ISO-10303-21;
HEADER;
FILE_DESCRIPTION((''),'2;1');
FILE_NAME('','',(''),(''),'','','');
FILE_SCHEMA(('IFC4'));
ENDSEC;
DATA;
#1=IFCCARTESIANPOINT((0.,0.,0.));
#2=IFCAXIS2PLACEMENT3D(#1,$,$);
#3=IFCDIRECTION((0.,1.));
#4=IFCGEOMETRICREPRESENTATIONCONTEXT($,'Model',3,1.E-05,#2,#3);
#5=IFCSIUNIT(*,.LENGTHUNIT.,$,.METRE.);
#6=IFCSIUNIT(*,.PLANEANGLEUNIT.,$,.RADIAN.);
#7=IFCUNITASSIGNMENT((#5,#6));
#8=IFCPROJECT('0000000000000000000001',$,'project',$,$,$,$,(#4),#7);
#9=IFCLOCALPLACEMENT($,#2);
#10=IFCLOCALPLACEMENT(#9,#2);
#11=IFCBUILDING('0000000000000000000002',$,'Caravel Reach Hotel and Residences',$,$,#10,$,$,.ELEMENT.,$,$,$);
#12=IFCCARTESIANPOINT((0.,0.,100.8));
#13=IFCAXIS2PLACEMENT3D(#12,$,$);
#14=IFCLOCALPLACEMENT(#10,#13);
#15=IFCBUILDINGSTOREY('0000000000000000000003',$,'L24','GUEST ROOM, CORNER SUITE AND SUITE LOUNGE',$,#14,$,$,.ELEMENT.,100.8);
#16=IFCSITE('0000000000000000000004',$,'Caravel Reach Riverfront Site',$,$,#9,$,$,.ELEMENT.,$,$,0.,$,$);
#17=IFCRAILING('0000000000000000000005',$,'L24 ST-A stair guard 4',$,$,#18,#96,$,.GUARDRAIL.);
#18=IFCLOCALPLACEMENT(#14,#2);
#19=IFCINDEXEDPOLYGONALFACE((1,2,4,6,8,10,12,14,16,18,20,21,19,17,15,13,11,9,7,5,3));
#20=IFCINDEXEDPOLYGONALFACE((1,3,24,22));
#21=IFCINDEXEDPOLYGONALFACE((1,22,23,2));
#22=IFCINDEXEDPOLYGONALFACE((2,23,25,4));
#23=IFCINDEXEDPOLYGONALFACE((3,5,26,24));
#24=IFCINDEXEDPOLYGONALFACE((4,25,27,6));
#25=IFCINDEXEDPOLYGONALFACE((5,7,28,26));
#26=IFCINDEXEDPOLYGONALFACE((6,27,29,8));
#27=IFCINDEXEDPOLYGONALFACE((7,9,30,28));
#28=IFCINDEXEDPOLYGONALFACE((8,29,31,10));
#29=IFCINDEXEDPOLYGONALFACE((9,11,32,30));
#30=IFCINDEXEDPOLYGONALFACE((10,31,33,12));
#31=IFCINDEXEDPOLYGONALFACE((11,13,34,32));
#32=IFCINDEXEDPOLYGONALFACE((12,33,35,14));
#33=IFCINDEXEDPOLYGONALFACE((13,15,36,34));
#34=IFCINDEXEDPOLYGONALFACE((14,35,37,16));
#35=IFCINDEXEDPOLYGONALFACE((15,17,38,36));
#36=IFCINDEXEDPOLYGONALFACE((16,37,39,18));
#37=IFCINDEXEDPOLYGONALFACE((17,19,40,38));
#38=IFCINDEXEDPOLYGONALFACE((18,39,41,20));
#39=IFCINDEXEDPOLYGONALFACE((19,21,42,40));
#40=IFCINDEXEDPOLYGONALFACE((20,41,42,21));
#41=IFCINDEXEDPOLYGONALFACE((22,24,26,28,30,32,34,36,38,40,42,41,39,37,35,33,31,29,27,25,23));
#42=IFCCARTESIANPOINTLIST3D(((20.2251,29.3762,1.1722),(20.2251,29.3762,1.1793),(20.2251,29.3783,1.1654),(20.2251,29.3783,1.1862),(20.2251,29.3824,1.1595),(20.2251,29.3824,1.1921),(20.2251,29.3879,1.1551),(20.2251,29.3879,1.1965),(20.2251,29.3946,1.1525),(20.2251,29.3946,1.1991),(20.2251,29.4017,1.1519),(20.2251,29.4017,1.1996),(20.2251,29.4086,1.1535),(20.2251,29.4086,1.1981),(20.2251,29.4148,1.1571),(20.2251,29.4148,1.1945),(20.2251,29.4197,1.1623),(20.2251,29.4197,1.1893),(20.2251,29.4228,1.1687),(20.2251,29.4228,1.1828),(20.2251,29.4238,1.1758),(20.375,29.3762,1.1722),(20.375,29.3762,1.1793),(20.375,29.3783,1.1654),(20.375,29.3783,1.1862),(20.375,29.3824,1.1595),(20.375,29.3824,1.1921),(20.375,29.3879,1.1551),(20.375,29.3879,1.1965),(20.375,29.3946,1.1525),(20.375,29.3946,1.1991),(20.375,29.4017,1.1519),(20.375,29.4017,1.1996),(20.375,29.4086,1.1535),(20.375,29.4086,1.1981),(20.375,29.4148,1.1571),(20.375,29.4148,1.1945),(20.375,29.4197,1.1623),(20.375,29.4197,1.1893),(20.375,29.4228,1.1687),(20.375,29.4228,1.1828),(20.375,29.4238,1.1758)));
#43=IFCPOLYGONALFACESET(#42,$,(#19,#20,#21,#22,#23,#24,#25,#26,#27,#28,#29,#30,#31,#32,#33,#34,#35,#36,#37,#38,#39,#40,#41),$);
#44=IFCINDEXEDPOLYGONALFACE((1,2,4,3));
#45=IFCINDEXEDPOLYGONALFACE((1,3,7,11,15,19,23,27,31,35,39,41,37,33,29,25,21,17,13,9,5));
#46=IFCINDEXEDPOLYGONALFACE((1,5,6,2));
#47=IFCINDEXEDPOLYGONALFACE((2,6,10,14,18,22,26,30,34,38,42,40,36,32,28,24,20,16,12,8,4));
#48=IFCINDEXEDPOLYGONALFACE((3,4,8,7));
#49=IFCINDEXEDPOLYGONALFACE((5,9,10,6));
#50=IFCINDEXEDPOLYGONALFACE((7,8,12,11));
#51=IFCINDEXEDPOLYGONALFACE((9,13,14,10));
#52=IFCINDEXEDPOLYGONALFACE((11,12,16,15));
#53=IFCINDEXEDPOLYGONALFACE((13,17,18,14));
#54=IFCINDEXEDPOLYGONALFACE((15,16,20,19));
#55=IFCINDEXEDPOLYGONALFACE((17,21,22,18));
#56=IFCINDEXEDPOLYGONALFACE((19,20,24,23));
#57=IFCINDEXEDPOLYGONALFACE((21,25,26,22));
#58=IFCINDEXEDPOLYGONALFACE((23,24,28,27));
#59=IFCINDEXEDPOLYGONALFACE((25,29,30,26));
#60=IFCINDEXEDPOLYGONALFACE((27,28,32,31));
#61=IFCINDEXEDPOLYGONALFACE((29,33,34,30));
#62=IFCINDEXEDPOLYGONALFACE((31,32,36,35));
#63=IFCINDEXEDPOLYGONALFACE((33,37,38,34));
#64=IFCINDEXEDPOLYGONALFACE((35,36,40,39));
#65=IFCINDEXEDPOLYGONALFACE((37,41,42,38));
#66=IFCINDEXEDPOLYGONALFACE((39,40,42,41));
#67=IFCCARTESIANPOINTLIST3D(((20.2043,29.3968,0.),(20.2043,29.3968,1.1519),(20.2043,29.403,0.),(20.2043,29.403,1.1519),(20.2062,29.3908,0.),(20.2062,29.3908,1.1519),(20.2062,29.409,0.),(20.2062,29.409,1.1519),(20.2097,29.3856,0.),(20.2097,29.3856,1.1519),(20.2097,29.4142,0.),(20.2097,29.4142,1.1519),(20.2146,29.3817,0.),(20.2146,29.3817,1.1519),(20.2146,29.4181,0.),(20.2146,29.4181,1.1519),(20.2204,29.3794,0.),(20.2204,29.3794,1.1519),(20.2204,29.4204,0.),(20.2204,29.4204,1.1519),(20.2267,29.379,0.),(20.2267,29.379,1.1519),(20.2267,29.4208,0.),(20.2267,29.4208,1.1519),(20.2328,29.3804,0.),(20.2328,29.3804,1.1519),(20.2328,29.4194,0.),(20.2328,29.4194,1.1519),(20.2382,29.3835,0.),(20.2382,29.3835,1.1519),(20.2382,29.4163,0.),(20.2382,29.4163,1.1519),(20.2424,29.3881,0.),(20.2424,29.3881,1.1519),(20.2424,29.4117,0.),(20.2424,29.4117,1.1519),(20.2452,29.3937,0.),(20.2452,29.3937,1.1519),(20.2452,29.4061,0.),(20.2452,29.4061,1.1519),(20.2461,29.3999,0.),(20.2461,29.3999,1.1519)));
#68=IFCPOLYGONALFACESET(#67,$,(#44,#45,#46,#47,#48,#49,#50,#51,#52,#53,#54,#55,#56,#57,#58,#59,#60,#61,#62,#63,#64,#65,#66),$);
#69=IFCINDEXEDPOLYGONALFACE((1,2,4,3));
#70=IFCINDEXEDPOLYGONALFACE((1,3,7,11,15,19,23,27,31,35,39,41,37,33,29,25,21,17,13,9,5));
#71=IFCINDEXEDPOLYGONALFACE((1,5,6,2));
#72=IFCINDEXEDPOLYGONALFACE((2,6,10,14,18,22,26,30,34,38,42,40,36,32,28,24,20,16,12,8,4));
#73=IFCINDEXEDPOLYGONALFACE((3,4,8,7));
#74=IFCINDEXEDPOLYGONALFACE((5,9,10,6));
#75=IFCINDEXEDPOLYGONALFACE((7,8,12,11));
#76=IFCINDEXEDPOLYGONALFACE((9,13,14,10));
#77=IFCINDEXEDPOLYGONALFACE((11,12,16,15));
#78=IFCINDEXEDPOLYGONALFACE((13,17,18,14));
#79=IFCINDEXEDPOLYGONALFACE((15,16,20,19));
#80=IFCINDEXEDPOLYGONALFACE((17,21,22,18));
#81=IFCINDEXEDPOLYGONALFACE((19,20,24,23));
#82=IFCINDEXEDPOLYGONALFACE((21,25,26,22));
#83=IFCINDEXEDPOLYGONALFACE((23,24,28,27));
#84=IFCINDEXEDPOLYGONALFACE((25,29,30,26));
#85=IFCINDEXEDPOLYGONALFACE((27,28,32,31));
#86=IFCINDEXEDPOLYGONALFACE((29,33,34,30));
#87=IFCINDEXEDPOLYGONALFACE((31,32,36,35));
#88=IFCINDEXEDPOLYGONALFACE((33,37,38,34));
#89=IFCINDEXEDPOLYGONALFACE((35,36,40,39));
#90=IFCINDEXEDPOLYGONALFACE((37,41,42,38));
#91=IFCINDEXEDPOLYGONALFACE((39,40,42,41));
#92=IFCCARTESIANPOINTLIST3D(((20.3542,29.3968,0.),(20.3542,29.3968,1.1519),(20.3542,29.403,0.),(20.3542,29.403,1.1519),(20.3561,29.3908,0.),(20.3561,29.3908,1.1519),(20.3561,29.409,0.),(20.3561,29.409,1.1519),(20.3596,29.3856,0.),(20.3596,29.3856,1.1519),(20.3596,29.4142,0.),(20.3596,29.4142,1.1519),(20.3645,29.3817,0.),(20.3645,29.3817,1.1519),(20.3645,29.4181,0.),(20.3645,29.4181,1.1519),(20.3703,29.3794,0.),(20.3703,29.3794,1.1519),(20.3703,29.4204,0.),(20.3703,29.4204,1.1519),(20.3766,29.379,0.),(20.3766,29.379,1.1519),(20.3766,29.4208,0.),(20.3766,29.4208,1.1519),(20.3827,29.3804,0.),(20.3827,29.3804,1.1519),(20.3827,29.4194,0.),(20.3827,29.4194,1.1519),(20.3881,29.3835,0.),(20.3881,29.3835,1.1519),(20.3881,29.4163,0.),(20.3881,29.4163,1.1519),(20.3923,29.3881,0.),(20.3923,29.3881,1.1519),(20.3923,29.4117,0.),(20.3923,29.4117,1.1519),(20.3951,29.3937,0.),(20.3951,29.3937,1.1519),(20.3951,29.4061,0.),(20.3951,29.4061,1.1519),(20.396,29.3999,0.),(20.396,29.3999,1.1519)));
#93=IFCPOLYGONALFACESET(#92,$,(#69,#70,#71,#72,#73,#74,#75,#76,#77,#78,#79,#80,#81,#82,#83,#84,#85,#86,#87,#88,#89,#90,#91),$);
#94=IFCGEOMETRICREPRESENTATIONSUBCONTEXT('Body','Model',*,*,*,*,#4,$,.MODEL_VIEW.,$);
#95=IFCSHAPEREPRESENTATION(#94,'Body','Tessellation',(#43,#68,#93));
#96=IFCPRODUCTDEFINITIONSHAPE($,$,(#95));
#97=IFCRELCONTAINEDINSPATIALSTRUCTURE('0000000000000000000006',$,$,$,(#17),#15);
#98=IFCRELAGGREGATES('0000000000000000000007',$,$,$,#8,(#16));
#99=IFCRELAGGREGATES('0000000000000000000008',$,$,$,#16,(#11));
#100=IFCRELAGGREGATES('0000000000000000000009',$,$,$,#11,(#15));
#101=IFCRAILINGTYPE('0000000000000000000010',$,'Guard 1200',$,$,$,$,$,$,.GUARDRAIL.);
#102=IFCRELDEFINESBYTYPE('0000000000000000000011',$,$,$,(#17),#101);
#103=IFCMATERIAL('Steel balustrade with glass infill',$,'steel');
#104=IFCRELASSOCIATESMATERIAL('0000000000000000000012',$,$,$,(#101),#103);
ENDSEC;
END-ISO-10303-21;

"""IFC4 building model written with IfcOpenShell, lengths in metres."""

from ifc_helpers import new_model, si_unit, direction, frame, origin, origin_2d, place, context, subcontext, project, spatial, circle, extrude, material, type_object, element, save


model = new_model("IFC4")

# Units and contexts
model_context = context("Model", 3, precision=1e-05, world=origin(), true_north=direction((0.0, 1.0)))
body_context = subcontext(model_context, "Body", "Model", "MODEL_VIEW")
ifc_project = project(units=[si_unit("LENGTHUNIT", "METRE"), si_unit("PLANEANGLEUNIT", "RADIAN")], contexts=[model_context])

# Site, building, storey
site_placement = place(None, origin())
site = spatial("IfcSite", under=ifc_project, at=site_placement, Name="Caravel Reach Riverfront Site", CompositionType="ELEMENT", RefElevation=0.0)
building_placement = place(site_placement, origin())
building = spatial("IfcBuilding", under=site, at=building_placement, Name="Caravel Reach Hotel and Residences", CompositionType="ELEMENT")
storey_placement = place(building_placement, frame((0.0, 0.0, 100.8)))
storey = spatial("IfcBuildingStorey", under=building, at=storey_placement, Name="L24", Description="GUEST ROOM, CORNER SUITE AND SUITE LOUNGE", CompositionType="ELEMENT", Elevation=100.8)

# Railing
ifc_material_1 = material(Name="Steel balustrade with glass infill", Category="steel")
railing_type_1 = type_object("IfcRailingType", Name="Guard 1200", PredefinedType="GUARDRAIL", material=ifc_material_1)
railing_1_placement = place(storey_placement, frame((20.2251, 29.3999, 0.0)))
element("IfcRailing", 1, at=railing_1_placement, inside=storey, type_object=railing_type_1, Name="L24 ST-A stair guard 4", PredefinedType="GUARDRAIL", context=body_context, shape_type="SweptSolid", body=[
    extrude(circle(Radius=0.0239, at=origin_2d()), frame((0.0, 0.0, 1.1758), z_axis=(1.0, 0.0, 0.0), x_axis=(0.0, 1.0, 0.0)), (0.0, 0.0, 1.0), 0.1499),
    extrude(circle(Radius=0.021, at=origin_2d()), origin(), (0.0, 0.0, 1.0), 1.1519),
    extrude(circle(Radius=0.021, at=origin_2d()), frame((0.1499, 0.0, 0.0)), (0.0, 0.0, 1.0), 1.1519),
])

save(model, "model.ifc")
